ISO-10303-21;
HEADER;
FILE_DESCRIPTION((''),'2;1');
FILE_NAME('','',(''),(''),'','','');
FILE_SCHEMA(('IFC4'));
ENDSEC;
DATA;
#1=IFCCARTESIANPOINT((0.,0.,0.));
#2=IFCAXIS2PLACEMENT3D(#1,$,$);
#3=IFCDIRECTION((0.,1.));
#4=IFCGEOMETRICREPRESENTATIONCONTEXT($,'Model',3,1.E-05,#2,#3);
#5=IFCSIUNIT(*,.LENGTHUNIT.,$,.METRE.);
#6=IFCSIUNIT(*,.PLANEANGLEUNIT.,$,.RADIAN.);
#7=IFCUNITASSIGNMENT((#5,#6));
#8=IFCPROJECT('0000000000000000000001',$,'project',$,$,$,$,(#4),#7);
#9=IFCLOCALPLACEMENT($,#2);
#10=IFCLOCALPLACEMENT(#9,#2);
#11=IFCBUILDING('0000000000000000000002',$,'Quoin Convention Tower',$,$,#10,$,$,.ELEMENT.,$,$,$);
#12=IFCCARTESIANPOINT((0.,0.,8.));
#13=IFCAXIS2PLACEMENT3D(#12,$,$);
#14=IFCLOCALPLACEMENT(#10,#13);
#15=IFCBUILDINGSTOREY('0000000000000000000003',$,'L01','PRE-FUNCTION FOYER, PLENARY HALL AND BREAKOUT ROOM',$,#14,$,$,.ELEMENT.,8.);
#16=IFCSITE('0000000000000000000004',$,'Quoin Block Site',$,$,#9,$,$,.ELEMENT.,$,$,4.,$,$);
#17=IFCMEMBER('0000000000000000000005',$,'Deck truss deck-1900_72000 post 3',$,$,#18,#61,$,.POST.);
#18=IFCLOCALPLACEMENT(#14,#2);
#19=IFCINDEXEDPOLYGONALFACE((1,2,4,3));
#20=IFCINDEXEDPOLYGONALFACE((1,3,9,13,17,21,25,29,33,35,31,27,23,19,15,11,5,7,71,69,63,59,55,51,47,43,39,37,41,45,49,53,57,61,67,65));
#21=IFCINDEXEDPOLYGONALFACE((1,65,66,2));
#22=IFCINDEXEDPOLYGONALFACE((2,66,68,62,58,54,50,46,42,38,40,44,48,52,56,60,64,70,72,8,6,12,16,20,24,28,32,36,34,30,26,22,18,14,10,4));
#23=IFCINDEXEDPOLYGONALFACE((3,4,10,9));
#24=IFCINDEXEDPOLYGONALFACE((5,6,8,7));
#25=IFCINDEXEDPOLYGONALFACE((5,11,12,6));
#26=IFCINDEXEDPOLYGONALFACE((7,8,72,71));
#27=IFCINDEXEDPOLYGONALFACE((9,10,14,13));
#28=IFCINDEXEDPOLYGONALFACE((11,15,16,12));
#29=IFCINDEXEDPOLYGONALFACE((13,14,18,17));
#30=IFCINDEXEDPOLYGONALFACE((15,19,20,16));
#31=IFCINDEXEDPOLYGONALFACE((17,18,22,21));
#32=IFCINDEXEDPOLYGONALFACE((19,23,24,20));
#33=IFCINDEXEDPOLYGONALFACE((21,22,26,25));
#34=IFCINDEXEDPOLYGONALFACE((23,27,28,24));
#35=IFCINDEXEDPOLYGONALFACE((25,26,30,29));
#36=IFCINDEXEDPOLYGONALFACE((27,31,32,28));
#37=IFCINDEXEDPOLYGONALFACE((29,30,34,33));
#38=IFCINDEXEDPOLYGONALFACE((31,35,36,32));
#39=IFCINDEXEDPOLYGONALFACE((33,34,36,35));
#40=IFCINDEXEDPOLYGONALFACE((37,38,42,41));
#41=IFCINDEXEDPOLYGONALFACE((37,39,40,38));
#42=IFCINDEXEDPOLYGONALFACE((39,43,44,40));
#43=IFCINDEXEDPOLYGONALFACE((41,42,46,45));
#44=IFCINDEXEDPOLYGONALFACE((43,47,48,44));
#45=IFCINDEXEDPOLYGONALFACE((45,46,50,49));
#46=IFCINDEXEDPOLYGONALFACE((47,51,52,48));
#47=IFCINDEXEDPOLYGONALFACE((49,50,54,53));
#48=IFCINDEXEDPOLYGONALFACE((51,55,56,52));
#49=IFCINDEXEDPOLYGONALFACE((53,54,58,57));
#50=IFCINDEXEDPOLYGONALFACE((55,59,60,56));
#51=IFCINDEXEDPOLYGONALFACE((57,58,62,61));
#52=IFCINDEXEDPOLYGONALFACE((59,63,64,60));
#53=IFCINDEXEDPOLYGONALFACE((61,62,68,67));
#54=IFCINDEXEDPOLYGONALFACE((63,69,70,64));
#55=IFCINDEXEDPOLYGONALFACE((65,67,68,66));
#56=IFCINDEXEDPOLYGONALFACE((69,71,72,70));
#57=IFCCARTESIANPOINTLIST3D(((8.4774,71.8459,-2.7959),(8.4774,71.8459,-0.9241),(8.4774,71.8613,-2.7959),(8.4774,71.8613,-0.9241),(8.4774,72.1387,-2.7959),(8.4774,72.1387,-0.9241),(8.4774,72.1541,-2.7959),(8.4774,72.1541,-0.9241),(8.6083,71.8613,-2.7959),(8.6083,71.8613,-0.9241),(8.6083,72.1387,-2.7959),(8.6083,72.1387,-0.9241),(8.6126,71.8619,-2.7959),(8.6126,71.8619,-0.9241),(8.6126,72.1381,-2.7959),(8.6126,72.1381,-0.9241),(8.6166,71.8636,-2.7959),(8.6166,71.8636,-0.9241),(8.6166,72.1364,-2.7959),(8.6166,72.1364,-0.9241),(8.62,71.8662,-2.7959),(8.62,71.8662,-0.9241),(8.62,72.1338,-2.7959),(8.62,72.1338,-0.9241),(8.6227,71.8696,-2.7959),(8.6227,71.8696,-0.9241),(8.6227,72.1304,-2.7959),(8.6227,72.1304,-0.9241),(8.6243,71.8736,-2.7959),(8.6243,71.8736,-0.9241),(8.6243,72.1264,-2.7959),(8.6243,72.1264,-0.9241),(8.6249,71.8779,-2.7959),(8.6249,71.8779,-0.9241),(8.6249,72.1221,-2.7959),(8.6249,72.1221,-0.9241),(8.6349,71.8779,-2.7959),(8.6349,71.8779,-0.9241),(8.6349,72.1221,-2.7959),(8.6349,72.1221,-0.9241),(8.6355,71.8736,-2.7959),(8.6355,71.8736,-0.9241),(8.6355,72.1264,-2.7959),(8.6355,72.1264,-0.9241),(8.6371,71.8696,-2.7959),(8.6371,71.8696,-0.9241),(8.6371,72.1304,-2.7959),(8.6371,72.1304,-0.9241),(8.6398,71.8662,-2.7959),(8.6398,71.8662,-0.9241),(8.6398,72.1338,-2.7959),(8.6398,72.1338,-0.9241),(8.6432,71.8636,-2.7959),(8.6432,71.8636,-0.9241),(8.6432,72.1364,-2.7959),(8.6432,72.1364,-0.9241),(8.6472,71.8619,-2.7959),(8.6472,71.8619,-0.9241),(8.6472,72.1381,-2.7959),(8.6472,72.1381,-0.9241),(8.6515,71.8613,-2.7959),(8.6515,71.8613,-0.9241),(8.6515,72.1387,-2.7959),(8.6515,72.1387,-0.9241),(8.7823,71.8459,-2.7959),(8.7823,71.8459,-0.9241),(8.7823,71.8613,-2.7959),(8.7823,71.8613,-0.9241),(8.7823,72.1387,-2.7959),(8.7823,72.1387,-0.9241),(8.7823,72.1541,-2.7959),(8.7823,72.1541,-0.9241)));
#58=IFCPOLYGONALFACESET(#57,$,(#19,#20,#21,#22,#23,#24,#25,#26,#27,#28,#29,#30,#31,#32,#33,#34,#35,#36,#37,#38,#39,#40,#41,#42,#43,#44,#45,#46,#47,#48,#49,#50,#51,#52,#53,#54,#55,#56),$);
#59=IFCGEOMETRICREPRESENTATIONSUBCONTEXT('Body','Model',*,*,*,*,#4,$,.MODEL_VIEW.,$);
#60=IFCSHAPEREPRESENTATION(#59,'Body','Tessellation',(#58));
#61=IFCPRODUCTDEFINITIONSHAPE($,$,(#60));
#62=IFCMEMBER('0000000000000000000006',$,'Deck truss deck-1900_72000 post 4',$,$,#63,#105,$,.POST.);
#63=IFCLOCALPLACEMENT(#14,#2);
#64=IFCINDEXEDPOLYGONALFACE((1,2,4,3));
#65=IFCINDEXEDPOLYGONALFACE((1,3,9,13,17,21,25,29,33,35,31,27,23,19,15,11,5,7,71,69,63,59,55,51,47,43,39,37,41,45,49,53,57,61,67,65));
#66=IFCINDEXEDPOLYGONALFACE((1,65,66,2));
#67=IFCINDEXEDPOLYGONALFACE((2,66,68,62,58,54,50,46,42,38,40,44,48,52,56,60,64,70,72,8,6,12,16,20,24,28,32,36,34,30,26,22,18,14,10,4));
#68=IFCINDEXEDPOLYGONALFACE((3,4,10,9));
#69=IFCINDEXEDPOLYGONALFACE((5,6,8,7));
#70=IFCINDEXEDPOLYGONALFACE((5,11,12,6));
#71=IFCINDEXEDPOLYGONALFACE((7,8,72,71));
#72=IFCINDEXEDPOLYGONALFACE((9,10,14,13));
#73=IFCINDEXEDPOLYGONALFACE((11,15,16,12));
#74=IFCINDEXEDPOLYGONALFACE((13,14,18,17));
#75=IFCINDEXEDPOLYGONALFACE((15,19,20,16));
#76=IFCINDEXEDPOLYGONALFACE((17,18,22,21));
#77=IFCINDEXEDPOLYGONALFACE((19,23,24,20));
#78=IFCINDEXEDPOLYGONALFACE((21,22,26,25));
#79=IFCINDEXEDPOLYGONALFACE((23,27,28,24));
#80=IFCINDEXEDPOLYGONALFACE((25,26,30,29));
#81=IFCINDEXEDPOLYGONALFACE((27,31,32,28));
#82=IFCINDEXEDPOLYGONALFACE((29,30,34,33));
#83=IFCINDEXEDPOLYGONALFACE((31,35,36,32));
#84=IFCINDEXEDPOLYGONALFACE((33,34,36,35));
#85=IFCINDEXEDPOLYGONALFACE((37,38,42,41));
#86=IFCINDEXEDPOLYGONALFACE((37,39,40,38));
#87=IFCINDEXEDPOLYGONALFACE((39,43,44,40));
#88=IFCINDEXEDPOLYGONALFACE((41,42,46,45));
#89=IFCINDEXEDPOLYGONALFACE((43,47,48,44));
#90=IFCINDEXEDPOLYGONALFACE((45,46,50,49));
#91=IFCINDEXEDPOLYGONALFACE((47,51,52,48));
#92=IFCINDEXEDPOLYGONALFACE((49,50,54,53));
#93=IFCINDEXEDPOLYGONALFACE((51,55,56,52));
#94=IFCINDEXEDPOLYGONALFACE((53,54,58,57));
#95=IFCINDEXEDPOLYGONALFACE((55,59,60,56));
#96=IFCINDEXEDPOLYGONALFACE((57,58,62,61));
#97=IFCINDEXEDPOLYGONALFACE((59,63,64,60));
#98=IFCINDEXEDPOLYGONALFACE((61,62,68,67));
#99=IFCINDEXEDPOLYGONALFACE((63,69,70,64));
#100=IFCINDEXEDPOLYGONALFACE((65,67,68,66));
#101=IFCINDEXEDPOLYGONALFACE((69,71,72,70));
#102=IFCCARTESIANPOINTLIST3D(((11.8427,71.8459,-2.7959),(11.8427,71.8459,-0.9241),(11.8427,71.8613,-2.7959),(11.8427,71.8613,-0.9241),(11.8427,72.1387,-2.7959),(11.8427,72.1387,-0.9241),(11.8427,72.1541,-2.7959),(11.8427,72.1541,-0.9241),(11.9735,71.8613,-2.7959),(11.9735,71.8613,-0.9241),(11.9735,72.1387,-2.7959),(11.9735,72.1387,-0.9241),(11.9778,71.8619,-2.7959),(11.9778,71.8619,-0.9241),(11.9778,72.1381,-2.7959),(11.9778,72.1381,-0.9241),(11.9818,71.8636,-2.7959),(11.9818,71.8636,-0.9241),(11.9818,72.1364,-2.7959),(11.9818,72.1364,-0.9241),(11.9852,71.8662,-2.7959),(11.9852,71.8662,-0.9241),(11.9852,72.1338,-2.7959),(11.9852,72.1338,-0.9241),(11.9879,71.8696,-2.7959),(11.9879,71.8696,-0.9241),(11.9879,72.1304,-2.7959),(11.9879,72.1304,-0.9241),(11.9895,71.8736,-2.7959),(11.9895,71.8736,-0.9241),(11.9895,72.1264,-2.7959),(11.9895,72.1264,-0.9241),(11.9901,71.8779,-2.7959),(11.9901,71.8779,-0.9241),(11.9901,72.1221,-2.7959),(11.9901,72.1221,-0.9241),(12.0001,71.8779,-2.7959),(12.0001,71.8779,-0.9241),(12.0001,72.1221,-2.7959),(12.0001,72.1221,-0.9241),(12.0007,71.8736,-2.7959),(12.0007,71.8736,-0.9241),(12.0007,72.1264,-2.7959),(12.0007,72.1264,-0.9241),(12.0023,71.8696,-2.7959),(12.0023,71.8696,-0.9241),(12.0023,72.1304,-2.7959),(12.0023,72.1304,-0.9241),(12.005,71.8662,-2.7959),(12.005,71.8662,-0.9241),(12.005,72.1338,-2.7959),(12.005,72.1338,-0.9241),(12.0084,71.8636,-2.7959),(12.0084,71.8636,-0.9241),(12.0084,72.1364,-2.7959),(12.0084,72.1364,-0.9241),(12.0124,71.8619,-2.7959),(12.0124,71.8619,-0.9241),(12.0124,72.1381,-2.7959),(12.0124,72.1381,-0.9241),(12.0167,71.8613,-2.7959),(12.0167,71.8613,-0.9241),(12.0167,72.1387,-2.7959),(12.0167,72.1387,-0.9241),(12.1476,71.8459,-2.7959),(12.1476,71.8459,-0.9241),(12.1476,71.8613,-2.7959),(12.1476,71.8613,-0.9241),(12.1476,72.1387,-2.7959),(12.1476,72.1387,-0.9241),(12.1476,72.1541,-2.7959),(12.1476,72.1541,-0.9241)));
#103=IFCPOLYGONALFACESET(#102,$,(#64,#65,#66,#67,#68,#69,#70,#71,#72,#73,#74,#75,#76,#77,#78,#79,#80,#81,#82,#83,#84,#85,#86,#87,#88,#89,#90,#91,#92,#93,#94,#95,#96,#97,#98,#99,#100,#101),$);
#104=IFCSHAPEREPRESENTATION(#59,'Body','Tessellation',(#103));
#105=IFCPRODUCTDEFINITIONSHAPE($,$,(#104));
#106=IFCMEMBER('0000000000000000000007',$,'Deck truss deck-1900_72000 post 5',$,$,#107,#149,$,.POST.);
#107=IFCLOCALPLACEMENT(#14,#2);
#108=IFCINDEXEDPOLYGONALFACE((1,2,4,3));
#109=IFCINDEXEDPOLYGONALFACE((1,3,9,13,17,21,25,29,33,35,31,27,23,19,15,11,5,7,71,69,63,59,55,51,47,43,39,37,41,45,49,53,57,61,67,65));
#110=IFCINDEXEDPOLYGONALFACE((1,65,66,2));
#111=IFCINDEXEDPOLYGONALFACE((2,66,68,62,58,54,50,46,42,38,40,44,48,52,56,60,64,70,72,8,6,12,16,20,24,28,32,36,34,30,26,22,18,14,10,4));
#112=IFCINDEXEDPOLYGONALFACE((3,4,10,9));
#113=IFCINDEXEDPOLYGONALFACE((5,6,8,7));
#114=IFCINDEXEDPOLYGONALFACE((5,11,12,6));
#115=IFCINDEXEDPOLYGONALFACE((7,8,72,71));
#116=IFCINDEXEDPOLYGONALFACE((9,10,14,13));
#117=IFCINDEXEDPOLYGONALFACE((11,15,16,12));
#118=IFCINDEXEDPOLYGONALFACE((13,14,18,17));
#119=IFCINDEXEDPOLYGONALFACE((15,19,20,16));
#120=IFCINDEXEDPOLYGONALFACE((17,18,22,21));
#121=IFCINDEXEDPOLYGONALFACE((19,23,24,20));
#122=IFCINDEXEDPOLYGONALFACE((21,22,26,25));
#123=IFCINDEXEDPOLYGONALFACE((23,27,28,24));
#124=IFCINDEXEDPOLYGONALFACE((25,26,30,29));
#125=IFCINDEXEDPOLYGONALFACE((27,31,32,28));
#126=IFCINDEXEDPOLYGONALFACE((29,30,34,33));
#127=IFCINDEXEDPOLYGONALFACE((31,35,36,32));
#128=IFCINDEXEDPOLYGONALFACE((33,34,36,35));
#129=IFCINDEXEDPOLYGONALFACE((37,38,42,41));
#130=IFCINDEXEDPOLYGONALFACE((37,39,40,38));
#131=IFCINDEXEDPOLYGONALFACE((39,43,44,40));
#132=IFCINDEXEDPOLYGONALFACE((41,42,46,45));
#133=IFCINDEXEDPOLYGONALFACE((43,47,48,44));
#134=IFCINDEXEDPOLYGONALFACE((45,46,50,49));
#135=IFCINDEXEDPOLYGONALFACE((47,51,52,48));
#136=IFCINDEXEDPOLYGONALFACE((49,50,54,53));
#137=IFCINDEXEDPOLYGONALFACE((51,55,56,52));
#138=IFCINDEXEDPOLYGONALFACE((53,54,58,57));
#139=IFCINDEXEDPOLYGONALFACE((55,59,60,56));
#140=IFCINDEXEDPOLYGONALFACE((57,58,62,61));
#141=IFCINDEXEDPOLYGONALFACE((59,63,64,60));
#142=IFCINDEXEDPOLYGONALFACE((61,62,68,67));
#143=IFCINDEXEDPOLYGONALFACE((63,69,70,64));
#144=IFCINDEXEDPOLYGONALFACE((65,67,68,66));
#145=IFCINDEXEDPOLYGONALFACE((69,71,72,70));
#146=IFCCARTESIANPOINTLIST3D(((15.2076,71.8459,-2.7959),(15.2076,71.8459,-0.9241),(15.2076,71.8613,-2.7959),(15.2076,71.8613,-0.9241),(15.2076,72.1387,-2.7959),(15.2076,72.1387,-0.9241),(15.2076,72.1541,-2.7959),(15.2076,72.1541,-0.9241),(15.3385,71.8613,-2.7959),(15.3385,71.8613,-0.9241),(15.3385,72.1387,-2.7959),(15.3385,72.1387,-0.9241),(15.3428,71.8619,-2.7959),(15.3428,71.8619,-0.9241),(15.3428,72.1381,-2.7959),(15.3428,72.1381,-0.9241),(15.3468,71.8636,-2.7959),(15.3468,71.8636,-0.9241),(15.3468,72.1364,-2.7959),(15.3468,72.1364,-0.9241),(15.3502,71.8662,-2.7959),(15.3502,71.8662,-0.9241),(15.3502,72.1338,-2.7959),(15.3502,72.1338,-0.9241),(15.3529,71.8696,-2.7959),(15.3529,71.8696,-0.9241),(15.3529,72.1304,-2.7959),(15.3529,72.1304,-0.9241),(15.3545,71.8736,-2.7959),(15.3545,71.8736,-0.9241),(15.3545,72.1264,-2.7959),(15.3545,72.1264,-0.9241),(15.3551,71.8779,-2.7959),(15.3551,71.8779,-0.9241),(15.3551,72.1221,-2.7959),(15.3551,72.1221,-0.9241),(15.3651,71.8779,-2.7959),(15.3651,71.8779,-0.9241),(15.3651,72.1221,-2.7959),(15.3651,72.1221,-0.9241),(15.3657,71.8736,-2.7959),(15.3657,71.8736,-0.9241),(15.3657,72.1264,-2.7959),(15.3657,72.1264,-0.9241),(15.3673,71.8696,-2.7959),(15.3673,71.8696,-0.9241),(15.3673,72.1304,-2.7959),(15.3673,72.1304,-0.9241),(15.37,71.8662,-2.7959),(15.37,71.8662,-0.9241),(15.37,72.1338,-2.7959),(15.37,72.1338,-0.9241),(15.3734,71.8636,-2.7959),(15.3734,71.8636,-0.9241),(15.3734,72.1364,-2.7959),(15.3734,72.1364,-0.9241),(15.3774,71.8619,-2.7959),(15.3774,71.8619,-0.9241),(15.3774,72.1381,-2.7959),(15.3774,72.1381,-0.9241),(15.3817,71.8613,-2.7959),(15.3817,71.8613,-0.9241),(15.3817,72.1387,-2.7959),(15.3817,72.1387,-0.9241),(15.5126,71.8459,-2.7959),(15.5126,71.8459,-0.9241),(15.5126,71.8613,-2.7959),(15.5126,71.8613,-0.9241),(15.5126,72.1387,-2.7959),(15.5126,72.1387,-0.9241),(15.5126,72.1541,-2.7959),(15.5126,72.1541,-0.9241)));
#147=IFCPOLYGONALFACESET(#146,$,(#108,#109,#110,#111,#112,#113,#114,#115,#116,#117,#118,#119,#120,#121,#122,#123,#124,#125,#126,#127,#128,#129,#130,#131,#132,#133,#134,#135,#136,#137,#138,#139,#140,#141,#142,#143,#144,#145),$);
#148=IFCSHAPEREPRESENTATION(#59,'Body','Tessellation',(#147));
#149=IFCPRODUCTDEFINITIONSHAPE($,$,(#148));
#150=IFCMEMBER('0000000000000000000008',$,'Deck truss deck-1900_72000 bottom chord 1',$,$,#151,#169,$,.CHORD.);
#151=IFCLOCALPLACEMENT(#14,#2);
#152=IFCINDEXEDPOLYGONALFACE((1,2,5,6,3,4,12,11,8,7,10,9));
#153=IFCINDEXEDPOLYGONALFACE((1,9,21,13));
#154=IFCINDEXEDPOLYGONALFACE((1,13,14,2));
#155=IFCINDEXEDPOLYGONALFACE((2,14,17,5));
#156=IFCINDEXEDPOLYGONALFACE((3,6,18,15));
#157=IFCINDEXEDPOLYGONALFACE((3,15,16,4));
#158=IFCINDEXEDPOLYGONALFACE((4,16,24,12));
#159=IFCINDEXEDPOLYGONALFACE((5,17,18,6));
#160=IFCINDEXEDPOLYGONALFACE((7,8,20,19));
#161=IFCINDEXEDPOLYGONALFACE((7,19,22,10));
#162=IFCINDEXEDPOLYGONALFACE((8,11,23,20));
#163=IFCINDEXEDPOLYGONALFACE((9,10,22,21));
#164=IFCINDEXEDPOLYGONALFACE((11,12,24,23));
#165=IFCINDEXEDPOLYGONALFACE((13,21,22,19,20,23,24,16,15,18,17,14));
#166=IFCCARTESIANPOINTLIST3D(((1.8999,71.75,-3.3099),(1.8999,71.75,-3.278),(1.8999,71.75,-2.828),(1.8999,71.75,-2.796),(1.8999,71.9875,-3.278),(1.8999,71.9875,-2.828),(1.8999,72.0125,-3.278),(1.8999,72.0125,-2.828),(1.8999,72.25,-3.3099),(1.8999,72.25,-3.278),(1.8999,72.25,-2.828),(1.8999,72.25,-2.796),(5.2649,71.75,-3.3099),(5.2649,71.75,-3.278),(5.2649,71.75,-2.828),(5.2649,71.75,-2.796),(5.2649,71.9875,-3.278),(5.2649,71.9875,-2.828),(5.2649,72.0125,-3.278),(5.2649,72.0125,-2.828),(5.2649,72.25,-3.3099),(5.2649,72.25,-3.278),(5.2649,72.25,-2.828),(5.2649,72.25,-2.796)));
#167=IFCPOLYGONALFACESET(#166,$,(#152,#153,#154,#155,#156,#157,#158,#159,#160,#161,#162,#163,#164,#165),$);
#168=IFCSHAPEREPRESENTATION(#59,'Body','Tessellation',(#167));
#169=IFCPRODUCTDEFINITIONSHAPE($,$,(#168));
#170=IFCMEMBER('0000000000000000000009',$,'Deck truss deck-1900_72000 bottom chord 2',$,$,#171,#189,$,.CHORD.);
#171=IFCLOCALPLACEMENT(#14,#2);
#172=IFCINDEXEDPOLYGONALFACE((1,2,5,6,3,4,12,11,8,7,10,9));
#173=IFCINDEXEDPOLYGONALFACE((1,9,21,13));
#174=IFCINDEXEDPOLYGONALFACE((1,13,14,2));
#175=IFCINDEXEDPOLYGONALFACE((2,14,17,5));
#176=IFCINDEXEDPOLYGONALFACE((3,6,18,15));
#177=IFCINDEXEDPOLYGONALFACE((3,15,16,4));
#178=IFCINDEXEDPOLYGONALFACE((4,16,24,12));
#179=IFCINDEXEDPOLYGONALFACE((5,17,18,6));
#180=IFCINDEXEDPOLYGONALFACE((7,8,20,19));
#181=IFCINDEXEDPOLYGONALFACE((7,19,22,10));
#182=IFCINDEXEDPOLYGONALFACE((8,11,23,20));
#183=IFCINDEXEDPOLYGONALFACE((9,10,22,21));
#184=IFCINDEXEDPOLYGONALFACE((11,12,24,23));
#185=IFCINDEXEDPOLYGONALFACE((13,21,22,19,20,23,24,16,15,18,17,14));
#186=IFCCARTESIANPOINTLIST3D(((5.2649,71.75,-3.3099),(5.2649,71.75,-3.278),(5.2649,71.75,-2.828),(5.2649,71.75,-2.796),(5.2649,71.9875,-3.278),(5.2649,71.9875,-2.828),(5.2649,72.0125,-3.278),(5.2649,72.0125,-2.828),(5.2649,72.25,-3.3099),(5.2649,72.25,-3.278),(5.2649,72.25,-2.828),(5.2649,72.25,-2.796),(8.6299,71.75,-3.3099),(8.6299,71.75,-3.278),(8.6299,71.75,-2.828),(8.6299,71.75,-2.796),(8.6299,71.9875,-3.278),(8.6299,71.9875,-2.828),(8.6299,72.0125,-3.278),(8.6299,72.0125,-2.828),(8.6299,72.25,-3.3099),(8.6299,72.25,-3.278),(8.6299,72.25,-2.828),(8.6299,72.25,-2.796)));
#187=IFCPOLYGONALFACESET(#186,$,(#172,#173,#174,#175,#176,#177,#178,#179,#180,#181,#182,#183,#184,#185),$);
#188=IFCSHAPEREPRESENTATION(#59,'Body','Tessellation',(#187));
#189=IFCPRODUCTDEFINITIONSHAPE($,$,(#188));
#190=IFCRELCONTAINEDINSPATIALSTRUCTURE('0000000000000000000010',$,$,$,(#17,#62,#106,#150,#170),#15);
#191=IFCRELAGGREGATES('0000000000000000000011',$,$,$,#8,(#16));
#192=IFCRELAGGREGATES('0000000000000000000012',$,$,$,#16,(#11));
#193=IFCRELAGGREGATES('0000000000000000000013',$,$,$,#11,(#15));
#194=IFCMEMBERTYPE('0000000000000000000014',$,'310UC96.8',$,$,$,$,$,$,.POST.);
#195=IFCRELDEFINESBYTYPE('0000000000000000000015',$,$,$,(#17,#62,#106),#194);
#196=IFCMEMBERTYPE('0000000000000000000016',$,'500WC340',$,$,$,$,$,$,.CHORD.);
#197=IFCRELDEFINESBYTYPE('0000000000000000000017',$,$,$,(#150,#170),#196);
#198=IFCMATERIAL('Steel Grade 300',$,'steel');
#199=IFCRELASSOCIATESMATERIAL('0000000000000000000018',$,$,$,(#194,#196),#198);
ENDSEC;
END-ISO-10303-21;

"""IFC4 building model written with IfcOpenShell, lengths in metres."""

from ifc_helpers import new_model, si_unit, direction, frame, origin, origin_2d, place, context, subcontext, project, spatial, i_section, extrude, material, material_profile, profile_set, type_object, element, save


model = new_model("IFC4")

# Units and contexts
model_context = context("Model", 3, precision=1e-05, world=origin(), true_north=direction((0.0, 1.0)))
body_context = subcontext(model_context, "Body", "Model", "MODEL_VIEW")
ifc_project = project(units=[si_unit("LENGTHUNIT", "METRE"), si_unit("PLANEANGLEUNIT", "RADIAN")], contexts=[model_context])

# Site, building, storey
site_placement = place(None, origin())
site = spatial("IfcSite", under=ifc_project, at=site_placement, Name="Quoin Block Site", CompositionType="ELEMENT", RefElevation=4.0)
building_placement = place(site_placement, origin())
building = spatial("IfcBuilding", under=site, at=building_placement, Name="Quoin Convention Tower", CompositionType="ELEMENT")
storey_placement = place(building_placement, frame((0.0, 0.0, 8.0)))
storey = spatial("IfcBuildingStorey", under=building, at=storey_placement, Name="L01", Description="PRE-FUNCTION FOYER, PLENARY HALL AND BREAKOUT ROOM", CompositionType="ELEMENT", Elevation=8.0)

# Shared definitions
ifc_material_1 = material(Name="Steel Grade 300", Category="steel")

# Members
ifc_material_profile_1 = material_profile(ifc_material_1, i_section(OverallWidth=0.3049, OverallDepth=0.3081, WebThickness=0.01, FlangeThickness=0.0154, FilletRadius=0.0166, at=origin_2d()), Name="310UC96.8")
ifc_profile_set_1 = profile_set([ifc_material_profile_1], Name="Steel Grade 300")
member_type_1 = type_object("IfcMemberType", Name="310UC96.8", PredefinedType="POST", material=ifc_profile_set_1)
for number, where, z_axis, x_axis, name in (
    (1, (8.6299, 72.0, -2.7959), (0.0, 0.0, 1.0), (1.0, 0.0, 0.0), "Deck truss deck-1900_72000 post 3"),
    (2, (11.9951, 72.0, -2.7959), (0.0, 0.0, 1.0), (1.0, 0.0, 0.0), "Deck truss deck-1900_72000 post 4"),
    (3, (15.3601, 72.0, -2.7959), (0.0, 0.0, 1.0), (1.0, 0.0, 0.0), "Deck truss deck-1900_72000 post 5"),
):
    element("IfcMember", number, at=place(storey_placement, frame(where, z_axis=z_axis, x_axis=x_axis)), inside=storey, type_object=member_type_1, Name=name, PredefinedType="POST", context=body_context, shape_type="SweptSolid", body=[
        extrude(i_section(OverallWidth=0.3049, OverallDepth=0.3081, WebThickness=0.01, FlangeThickness=0.0154, FilletRadius=0.0166, at=origin_2d()), origin(), (0.0, 0.0, 1.0), 1.8718),
    ])
ifc_material_profile_2 = material_profile(ifc_material_1, i_section(OverallWidth=0.5, OverallDepth=0.5139, WebThickness=0.0249, FlangeThickness=0.032, at=origin_2d()), Name="500WC340")
ifc_profile_set_2 = profile_set([ifc_material_profile_2], Name="Steel Grade 300")
member_type_2 = type_object("IfcMemberType", Name="500WC340", PredefinedType="CHORD", material=ifc_profile_set_2)
for number, where, z_axis, x_axis, name in (
    (4, (1.8999, 72.0, -3.053), (1.0, 0.0, 0.0), (0.0, 1.0, 0.0), "Deck truss deck-1900_72000 bottom chord 1"),
    (5, (5.2649, 72.0, -3.053), (1.0, 0.0, 0.0), (0.0, 1.0, 0.0), "Deck truss deck-1900_72000 bottom chord 2"),
):
    element("IfcMember", number, at=place(storey_placement, frame(where, z_axis=z_axis, x_axis=x_axis)), inside=storey, type_object=member_type_2, Name=name, PredefinedType="CHORD", context=body_context, shape_type="SweptSolid", body=[
        extrude(i_section(OverallWidth=0.5, OverallDepth=0.5139, WebThickness=0.0249, FlangeThickness=0.032, at=origin_2d()), origin(), (0.0, 0.0, 1.0), 3.365),
    ])

save(model, "model.ifc")
